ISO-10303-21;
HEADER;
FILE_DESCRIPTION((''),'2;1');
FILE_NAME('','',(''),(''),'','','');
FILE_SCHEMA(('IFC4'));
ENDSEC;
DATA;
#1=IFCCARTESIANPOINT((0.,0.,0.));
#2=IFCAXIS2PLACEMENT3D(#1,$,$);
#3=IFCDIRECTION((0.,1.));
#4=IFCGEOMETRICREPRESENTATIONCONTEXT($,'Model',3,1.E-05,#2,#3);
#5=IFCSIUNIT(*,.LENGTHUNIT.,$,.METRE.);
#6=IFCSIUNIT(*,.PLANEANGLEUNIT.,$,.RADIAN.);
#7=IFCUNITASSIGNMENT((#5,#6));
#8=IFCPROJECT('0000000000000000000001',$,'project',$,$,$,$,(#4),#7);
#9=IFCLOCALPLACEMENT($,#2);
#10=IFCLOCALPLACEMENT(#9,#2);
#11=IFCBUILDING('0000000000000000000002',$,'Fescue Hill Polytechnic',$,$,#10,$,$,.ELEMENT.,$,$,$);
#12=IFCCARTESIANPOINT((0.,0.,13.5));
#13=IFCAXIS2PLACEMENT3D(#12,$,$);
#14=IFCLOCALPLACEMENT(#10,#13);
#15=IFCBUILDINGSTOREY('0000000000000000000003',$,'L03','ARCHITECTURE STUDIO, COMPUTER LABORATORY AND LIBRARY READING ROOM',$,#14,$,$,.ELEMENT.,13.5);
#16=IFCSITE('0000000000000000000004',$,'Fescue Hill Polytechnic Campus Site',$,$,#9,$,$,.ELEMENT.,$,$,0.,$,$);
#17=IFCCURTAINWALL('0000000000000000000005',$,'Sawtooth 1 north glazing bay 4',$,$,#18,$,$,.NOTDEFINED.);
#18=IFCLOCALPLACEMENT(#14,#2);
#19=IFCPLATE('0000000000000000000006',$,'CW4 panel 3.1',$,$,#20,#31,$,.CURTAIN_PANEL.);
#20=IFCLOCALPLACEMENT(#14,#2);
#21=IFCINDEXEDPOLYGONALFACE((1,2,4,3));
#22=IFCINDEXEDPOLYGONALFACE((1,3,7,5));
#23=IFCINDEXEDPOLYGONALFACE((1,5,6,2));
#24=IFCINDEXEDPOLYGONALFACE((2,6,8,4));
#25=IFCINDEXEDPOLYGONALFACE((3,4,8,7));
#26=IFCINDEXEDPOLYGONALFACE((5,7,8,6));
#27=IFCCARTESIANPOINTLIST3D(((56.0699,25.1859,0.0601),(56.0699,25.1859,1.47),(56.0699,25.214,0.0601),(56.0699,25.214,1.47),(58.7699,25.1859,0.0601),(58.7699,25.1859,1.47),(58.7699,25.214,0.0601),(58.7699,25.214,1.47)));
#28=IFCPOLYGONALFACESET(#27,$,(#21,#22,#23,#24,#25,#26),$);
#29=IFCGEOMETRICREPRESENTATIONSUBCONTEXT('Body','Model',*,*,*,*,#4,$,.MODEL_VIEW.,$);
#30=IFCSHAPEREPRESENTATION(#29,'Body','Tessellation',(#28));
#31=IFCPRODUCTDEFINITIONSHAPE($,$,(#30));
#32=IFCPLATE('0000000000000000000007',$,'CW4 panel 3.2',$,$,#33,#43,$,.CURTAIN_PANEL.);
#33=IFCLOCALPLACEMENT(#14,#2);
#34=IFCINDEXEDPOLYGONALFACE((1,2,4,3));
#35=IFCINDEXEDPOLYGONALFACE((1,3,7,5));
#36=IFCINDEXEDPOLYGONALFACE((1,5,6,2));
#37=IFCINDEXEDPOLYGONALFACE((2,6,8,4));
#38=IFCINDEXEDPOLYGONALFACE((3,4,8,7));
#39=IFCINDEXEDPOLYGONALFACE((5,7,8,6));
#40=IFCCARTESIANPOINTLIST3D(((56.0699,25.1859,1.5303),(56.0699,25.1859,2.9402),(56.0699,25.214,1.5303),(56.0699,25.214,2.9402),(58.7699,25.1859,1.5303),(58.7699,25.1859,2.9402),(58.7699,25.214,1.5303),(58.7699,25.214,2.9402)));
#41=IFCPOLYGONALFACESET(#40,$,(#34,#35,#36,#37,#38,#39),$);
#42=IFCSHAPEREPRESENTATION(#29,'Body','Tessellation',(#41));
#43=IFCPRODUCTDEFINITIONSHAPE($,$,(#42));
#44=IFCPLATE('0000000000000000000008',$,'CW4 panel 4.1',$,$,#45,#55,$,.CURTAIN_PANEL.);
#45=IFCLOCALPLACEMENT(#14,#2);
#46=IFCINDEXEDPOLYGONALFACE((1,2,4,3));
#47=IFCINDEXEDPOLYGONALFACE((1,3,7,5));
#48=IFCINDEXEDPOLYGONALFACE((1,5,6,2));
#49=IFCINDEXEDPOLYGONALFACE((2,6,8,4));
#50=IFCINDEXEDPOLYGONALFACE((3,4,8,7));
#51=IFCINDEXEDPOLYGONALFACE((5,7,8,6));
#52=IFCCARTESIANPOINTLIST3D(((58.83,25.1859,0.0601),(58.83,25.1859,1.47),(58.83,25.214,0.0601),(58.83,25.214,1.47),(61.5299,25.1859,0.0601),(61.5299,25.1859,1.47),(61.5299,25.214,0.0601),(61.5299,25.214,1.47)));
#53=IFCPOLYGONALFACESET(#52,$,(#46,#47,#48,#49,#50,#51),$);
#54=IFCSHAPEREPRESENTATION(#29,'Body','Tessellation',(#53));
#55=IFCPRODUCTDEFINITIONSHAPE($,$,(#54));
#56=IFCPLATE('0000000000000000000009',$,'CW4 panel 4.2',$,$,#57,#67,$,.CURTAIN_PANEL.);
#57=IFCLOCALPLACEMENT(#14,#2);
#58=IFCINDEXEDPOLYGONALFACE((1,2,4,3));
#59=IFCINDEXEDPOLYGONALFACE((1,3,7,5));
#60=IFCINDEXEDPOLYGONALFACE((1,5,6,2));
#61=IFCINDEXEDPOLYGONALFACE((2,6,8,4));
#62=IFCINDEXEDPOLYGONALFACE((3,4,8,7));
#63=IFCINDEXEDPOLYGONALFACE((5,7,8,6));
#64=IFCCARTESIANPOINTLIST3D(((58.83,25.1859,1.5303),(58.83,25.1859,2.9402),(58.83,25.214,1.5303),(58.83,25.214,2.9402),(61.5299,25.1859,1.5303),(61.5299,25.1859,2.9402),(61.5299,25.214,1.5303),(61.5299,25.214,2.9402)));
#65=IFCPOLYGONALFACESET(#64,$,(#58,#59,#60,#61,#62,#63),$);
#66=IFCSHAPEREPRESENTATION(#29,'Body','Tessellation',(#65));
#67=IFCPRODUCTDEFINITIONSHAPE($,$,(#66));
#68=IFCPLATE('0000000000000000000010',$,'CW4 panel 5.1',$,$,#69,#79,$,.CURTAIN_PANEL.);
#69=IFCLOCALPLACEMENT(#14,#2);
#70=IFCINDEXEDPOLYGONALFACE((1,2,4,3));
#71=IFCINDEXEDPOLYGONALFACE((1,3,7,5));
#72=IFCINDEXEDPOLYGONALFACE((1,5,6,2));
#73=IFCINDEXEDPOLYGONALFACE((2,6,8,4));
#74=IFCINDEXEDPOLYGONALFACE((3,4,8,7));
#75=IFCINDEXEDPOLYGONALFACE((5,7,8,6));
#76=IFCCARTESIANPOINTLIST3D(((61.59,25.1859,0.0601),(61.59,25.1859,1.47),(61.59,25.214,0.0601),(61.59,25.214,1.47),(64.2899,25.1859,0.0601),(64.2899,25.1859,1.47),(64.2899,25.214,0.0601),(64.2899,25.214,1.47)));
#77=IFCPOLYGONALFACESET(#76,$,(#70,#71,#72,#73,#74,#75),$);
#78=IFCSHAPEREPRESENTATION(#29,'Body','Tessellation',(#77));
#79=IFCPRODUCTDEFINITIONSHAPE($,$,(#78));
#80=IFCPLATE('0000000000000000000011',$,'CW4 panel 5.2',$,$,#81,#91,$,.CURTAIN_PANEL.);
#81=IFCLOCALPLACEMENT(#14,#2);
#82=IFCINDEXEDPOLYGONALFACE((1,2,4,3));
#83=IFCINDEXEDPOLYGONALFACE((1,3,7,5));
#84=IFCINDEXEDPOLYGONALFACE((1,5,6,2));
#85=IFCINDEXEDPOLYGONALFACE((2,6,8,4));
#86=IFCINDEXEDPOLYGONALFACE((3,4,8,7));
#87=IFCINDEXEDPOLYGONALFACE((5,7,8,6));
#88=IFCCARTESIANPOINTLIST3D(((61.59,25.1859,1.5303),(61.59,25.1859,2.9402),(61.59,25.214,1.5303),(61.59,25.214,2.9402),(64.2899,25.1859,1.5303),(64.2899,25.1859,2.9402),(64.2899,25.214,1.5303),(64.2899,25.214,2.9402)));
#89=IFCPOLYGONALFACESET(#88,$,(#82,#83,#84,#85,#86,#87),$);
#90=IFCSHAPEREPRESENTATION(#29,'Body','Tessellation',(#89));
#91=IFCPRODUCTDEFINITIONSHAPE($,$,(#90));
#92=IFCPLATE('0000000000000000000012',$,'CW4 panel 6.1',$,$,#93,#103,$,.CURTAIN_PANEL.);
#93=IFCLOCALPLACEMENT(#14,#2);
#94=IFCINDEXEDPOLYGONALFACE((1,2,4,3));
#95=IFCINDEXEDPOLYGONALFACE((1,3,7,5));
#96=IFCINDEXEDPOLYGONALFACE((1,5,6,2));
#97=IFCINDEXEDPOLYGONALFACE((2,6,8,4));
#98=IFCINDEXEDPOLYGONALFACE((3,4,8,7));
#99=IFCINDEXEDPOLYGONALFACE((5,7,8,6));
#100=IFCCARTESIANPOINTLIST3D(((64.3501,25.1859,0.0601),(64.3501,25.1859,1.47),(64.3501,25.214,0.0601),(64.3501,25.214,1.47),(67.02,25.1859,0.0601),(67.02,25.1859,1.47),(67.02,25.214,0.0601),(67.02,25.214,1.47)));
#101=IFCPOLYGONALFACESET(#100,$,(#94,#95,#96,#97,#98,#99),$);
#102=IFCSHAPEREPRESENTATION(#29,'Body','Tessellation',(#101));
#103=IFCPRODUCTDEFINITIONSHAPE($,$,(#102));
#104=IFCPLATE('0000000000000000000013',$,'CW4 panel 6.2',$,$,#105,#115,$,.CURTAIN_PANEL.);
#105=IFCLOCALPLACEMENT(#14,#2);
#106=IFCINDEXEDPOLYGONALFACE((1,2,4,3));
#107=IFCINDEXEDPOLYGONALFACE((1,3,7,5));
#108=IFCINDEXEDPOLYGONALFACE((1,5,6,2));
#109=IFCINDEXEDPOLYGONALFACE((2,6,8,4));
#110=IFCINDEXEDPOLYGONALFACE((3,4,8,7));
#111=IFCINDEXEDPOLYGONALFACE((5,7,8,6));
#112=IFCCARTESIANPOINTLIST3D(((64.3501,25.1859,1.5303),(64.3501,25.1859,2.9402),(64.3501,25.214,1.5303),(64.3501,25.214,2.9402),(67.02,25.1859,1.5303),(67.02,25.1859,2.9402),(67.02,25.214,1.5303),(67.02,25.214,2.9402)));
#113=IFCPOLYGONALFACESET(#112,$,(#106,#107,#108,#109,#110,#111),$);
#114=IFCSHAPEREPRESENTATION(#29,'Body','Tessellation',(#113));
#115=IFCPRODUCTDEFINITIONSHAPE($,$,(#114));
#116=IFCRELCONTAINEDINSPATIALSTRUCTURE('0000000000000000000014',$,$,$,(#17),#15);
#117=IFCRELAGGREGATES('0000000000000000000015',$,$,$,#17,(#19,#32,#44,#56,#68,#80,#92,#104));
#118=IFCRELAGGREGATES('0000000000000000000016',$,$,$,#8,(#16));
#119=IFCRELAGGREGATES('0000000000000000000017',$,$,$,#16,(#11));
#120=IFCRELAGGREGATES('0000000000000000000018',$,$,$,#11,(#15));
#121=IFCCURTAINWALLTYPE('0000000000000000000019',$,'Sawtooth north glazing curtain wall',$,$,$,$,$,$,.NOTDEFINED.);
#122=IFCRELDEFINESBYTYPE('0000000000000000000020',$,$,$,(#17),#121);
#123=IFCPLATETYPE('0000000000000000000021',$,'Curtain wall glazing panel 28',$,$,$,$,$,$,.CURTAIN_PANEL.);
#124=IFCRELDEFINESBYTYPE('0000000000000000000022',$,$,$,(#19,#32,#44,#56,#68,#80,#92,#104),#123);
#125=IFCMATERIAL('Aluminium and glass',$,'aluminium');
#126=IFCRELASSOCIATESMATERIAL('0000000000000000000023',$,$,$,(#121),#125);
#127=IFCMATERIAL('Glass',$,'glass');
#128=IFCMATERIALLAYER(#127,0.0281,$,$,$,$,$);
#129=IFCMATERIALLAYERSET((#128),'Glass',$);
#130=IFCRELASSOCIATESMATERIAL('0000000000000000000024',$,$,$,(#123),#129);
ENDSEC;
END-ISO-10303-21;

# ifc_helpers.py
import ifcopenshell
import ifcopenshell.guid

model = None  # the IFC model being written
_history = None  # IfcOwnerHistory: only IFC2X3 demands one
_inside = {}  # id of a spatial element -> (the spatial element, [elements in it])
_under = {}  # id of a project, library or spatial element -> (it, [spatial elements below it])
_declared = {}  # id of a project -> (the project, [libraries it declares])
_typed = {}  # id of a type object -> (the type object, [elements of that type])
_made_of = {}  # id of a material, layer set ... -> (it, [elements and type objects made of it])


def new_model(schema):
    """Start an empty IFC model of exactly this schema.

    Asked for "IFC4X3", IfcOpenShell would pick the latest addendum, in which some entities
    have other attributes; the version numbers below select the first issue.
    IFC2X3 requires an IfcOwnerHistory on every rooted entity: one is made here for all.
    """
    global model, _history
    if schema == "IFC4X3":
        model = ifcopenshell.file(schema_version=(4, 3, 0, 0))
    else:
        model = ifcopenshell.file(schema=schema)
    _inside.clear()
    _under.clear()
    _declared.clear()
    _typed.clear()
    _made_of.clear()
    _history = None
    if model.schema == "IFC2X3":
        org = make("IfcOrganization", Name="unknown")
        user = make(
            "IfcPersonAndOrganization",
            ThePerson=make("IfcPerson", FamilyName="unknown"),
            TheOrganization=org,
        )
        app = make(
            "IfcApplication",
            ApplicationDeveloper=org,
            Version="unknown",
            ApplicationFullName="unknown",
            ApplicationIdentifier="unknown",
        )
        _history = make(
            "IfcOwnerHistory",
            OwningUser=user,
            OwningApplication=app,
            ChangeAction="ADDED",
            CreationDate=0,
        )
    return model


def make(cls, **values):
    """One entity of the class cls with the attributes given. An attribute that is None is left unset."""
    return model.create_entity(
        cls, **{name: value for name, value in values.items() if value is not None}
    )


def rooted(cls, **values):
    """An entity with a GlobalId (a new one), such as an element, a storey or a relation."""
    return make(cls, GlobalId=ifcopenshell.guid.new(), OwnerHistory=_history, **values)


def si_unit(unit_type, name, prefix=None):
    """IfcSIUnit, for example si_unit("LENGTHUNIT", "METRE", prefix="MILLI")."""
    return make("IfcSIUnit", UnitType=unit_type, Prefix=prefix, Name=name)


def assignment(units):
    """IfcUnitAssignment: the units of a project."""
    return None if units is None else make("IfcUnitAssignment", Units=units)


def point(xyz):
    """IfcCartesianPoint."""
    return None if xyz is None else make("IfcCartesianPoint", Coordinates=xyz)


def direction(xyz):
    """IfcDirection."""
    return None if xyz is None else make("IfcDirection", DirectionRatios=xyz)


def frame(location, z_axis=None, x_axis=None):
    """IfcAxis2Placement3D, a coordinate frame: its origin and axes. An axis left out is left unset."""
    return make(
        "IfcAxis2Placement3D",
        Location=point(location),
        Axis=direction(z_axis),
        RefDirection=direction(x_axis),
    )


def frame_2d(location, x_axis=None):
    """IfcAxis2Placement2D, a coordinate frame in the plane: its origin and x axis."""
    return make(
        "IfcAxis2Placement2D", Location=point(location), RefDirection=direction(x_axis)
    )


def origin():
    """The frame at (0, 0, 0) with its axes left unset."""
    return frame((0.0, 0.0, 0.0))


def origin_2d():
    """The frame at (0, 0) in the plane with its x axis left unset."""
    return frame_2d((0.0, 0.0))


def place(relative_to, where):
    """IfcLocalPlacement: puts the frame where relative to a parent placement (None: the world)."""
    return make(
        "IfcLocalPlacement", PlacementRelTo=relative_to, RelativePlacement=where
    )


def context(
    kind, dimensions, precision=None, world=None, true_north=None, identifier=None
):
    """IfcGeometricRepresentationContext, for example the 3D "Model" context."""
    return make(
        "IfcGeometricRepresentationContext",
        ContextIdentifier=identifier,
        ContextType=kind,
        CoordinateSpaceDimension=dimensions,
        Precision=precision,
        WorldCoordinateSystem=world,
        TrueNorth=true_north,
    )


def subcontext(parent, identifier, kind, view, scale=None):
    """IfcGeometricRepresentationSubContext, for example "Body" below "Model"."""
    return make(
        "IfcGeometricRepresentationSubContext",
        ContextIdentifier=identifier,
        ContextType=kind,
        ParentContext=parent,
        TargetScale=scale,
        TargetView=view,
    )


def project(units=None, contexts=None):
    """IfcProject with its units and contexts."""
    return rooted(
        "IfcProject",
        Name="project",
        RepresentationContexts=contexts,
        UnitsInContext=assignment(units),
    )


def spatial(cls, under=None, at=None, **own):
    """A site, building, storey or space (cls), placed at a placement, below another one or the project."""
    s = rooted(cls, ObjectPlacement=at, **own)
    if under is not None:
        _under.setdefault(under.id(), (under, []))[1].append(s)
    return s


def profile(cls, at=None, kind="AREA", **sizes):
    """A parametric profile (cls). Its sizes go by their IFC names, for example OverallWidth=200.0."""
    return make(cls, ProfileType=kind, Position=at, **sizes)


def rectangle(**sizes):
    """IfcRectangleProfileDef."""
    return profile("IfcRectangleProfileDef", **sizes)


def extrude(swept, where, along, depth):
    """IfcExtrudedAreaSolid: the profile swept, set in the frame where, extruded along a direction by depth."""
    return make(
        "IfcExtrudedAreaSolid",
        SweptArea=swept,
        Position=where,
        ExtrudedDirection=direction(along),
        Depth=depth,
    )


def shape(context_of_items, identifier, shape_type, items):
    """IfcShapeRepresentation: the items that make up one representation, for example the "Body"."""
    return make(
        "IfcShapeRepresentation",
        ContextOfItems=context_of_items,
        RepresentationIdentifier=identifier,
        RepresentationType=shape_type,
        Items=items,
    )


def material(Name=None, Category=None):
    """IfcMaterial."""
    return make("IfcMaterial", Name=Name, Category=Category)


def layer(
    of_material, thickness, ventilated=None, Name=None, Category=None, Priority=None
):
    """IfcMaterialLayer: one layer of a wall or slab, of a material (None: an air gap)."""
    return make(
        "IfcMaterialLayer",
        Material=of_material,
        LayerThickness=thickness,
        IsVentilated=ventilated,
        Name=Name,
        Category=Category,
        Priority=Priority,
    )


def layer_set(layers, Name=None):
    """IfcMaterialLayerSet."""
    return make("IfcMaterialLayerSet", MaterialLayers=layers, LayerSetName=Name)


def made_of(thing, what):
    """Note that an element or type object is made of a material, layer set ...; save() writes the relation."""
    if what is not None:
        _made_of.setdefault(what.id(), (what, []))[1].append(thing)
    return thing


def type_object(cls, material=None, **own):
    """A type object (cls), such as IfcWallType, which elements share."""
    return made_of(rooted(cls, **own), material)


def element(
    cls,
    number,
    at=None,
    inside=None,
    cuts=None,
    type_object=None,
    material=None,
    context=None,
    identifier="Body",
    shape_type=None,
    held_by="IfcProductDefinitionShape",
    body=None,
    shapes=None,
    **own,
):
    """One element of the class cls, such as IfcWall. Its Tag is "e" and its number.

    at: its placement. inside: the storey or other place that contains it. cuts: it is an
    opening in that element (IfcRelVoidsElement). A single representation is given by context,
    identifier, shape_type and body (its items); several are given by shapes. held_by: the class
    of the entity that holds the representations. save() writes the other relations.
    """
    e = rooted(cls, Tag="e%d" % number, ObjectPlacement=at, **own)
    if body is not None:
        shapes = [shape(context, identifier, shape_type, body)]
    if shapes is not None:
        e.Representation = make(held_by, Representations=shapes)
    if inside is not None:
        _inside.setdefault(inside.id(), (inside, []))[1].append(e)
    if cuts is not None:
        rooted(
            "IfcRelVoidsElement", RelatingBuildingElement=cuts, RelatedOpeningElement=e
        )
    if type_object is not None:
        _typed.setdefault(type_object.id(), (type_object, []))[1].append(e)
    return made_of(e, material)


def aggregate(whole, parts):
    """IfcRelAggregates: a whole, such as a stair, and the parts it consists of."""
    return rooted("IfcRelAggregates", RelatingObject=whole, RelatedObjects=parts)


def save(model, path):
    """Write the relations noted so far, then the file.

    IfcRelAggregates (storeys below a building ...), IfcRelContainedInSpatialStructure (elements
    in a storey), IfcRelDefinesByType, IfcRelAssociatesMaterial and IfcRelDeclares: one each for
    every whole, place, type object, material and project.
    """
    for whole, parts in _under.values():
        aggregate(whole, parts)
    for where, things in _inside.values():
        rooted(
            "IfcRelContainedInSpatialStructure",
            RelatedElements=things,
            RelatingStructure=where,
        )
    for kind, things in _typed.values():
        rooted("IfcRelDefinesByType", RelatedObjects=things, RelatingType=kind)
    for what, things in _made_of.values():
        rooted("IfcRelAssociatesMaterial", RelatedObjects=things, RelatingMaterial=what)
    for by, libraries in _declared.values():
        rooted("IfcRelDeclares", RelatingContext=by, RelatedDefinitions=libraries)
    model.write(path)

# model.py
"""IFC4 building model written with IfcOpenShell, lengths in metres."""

from ifc_helpers import new_model, si_unit, direction, frame, origin, origin_2d, place, context, subcontext, project, spatial, rectangle, extrude, material, layer, layer_set, type_object, element, aggregate, save


model = new_model("IFC4")

# Units and contexts
model_context = context("Model", 3, precision=1e-05, world=origin(), true_north=direction((0.0, 1.0)))
body_context = subcontext(model_context, "Body", "Model", "MODEL_VIEW")
ifc_project = project(units=[si_unit("LENGTHUNIT", "METRE"), si_unit("PLANEANGLEUNIT", "RADIAN")], contexts=[model_context])

# Site, building, storey
site_placement = place(None, origin())
site = spatial("IfcSite", under=ifc_project, at=site_placement, Name="Fescue Hill Polytechnic Campus Site", CompositionType="ELEMENT", RefElevation=0.0)
building_placement = place(site_placement, origin())
building = spatial("IfcBuilding", under=site, at=building_placement, Name="Fescue Hill Polytechnic", CompositionType="ELEMENT")
storey_placement = place(building_placement, frame((0.0, 0.0, 13.5)))
storey = spatial("IfcBuildingStorey", under=building, at=storey_placement, Name="L03", Description="ARCHITECTURE STUDIO, COMPUTER LABORATORY AND LIBRARY READING ROOM", CompositionType="ELEMENT", Elevation=13.5)

# Curtain wall, plates
ifc_material_1 = material(Name="Aluminium and glass", Category="aluminium")
curtain_wall_type = type_object("IfcCurtainWallType", Name="Sawtooth north glazing curtain wall", PredefinedType="NOTDEFINED", material=ifc_material_1)
curtain_wall_placement = place(storey_placement, origin())
curtain_wall = element("IfcCurtainWall", 1, at=curtain_wall_placement, inside=storey, type_object=curtain_wall_type, Name="Sawtooth 1 north glazing bay 4", PredefinedType="NOTDEFINED")
ifc_material_2 = material(Name="Glass", Category="glass")
ifc_layer = layer(ifc_material_2, 0.0281)
ifc_layer_set = layer_set([ifc_layer], Name="Glass")
plate_type = type_object("IfcPlateType", Name="Curtain wall glazing panel 28", PredefinedType="CURTAIN_PANEL", material=ifc_layer_set)
plate_1_placement = place(storey_placement, frame((57.4199, 25.2, 0.0601), z_axis=(0.0, 0.0, 1.0), x_axis=(1.0, 0.0, 0.0)))
plate_1 = element("IfcPlate", 2, at=plate_1_placement, type_object=plate_type, Name="CW4 panel 3.1", PredefinedType="CURTAIN_PANEL", context=body_context, shape_type="SweptSolid", body=[
    extrude(rectangle(XDim=2.7, YDim=0.0281, at=origin_2d()), origin(), (0.0, 0.0, 1.0), 1.4099),
])
plate_2_placement = place(storey_placement, frame((57.4199, 25.2, 1.5303), z_axis=(0.0, 0.0, 1.0), x_axis=(1.0, 0.0, 0.0)))
plate_2 = element("IfcPlate", 3, at=plate_2_placement, type_object=plate_type, Name="CW4 panel 3.2", PredefinedType="CURTAIN_PANEL", context=body_context, shape_type="SweptSolid", body=[
    extrude(rectangle(XDim=2.7, YDim=0.0281, at=origin_2d()), origin(), (0.0, 0.0, 1.0), 1.4099),
])
plate_3_placement = place(storey_placement, frame((60.1799, 25.2, 0.0601), z_axis=(0.0, 0.0, 1.0), x_axis=(1.0, 0.0, 0.0)))
plate_3 = element("IfcPlate", 4, at=plate_3_placement, type_object=plate_type, Name="CW4 panel 4.1", PredefinedType="CURTAIN_PANEL", context=body_context, shape_type="SweptSolid", body=[
    extrude(rectangle(XDim=2.7, YDim=0.0281, at=origin_2d()), origin(), (0.0, 0.0, 1.0), 1.4099),
])
plate_4_placement = place(storey_placement, frame((60.1799, 25.2, 1.5303), z_axis=(0.0, 0.0, 1.0), x_axis=(1.0, 0.0, 0.0)))
plate_4 = element("IfcPlate", 5, at=plate_4_placement, type_object=plate_type, Name="CW4 panel 4.2", PredefinedType="CURTAIN_PANEL", context=body_context, shape_type="SweptSolid", body=[
    extrude(rectangle(XDim=2.7, YDim=0.0281, at=origin_2d()), origin(), (0.0, 0.0, 1.0), 1.4099),
])
plate_5_placement = place(storey_placement, frame((62.9399, 25.2, 0.0601), z_axis=(0.0, 0.0, 1.0), x_axis=(1.0, 0.0, 0.0)))
plate_5 = element("IfcPlate", 6, at=plate_5_placement, type_object=plate_type, Name="CW4 panel 5.1", PredefinedType="CURTAIN_PANEL", context=body_context, shape_type="SweptSolid", body=[
    extrude(rectangle(XDim=2.7, YDim=0.0281, at=origin_2d()), origin(), (0.0, 0.0, 1.0), 1.4099),
])
plate_6_placement = place(storey_placement, frame((62.9399, 25.2, 1.5303), z_axis=(0.0, 0.0, 1.0), x_axis=(1.0, 0.0, 0.0)))
plate_6 = element("IfcPlate", 7, at=plate_6_placement, type_object=plate_type, Name="CW4 panel 5.2", PredefinedType="CURTAIN_PANEL", context=body_context, shape_type="SweptSolid", body=[
    extrude(rectangle(XDim=2.7, YDim=0.0281, at=origin_2d()), origin(), (0.0, 0.0, 1.0), 1.4099),
])
plate_7_placement = place(storey_placement, frame((65.6851, 25.2, 0.0601), z_axis=(0.0, 0.0, 1.0), x_axis=(1.0, 0.0, 0.0)))
plate_7 = element("IfcPlate", 8, at=plate_7_placement, type_object=plate_type, Name="CW4 panel 6.1", PredefinedType="CURTAIN_PANEL", context=body_context, shape_type="SweptSolid", body=[
    extrude(rectangle(XDim=2.6699, YDim=0.0281, at=origin_2d()), origin(), (0.0, 0.0, 1.0), 1.4099),
])
plate_8_placement = place(storey_placement, frame((65.6851, 25.2, 1.5303), z_axis=(0.0, 0.0, 1.0), x_axis=(1.0, 0.0, 0.0)))
plate_8 = element("IfcPlate", 9, at=plate_8_placement, type_object=plate_type, Name="CW4 panel 6.2", PredefinedType="CURTAIN_PANEL", context=body_context, shape_type="SweptSolid", body=[
    extrude(rectangle(XDim=2.6699, YDim=0.0281, at=origin_2d()), origin(), (0.0, 0.0, 1.0), 1.4099),
])
aggregate(curtain_wall, [plate_1, plate_2, plate_3, plate_4, plate_5, plate_6, plate_7, plate_8])

save(model, "model.ifc")
